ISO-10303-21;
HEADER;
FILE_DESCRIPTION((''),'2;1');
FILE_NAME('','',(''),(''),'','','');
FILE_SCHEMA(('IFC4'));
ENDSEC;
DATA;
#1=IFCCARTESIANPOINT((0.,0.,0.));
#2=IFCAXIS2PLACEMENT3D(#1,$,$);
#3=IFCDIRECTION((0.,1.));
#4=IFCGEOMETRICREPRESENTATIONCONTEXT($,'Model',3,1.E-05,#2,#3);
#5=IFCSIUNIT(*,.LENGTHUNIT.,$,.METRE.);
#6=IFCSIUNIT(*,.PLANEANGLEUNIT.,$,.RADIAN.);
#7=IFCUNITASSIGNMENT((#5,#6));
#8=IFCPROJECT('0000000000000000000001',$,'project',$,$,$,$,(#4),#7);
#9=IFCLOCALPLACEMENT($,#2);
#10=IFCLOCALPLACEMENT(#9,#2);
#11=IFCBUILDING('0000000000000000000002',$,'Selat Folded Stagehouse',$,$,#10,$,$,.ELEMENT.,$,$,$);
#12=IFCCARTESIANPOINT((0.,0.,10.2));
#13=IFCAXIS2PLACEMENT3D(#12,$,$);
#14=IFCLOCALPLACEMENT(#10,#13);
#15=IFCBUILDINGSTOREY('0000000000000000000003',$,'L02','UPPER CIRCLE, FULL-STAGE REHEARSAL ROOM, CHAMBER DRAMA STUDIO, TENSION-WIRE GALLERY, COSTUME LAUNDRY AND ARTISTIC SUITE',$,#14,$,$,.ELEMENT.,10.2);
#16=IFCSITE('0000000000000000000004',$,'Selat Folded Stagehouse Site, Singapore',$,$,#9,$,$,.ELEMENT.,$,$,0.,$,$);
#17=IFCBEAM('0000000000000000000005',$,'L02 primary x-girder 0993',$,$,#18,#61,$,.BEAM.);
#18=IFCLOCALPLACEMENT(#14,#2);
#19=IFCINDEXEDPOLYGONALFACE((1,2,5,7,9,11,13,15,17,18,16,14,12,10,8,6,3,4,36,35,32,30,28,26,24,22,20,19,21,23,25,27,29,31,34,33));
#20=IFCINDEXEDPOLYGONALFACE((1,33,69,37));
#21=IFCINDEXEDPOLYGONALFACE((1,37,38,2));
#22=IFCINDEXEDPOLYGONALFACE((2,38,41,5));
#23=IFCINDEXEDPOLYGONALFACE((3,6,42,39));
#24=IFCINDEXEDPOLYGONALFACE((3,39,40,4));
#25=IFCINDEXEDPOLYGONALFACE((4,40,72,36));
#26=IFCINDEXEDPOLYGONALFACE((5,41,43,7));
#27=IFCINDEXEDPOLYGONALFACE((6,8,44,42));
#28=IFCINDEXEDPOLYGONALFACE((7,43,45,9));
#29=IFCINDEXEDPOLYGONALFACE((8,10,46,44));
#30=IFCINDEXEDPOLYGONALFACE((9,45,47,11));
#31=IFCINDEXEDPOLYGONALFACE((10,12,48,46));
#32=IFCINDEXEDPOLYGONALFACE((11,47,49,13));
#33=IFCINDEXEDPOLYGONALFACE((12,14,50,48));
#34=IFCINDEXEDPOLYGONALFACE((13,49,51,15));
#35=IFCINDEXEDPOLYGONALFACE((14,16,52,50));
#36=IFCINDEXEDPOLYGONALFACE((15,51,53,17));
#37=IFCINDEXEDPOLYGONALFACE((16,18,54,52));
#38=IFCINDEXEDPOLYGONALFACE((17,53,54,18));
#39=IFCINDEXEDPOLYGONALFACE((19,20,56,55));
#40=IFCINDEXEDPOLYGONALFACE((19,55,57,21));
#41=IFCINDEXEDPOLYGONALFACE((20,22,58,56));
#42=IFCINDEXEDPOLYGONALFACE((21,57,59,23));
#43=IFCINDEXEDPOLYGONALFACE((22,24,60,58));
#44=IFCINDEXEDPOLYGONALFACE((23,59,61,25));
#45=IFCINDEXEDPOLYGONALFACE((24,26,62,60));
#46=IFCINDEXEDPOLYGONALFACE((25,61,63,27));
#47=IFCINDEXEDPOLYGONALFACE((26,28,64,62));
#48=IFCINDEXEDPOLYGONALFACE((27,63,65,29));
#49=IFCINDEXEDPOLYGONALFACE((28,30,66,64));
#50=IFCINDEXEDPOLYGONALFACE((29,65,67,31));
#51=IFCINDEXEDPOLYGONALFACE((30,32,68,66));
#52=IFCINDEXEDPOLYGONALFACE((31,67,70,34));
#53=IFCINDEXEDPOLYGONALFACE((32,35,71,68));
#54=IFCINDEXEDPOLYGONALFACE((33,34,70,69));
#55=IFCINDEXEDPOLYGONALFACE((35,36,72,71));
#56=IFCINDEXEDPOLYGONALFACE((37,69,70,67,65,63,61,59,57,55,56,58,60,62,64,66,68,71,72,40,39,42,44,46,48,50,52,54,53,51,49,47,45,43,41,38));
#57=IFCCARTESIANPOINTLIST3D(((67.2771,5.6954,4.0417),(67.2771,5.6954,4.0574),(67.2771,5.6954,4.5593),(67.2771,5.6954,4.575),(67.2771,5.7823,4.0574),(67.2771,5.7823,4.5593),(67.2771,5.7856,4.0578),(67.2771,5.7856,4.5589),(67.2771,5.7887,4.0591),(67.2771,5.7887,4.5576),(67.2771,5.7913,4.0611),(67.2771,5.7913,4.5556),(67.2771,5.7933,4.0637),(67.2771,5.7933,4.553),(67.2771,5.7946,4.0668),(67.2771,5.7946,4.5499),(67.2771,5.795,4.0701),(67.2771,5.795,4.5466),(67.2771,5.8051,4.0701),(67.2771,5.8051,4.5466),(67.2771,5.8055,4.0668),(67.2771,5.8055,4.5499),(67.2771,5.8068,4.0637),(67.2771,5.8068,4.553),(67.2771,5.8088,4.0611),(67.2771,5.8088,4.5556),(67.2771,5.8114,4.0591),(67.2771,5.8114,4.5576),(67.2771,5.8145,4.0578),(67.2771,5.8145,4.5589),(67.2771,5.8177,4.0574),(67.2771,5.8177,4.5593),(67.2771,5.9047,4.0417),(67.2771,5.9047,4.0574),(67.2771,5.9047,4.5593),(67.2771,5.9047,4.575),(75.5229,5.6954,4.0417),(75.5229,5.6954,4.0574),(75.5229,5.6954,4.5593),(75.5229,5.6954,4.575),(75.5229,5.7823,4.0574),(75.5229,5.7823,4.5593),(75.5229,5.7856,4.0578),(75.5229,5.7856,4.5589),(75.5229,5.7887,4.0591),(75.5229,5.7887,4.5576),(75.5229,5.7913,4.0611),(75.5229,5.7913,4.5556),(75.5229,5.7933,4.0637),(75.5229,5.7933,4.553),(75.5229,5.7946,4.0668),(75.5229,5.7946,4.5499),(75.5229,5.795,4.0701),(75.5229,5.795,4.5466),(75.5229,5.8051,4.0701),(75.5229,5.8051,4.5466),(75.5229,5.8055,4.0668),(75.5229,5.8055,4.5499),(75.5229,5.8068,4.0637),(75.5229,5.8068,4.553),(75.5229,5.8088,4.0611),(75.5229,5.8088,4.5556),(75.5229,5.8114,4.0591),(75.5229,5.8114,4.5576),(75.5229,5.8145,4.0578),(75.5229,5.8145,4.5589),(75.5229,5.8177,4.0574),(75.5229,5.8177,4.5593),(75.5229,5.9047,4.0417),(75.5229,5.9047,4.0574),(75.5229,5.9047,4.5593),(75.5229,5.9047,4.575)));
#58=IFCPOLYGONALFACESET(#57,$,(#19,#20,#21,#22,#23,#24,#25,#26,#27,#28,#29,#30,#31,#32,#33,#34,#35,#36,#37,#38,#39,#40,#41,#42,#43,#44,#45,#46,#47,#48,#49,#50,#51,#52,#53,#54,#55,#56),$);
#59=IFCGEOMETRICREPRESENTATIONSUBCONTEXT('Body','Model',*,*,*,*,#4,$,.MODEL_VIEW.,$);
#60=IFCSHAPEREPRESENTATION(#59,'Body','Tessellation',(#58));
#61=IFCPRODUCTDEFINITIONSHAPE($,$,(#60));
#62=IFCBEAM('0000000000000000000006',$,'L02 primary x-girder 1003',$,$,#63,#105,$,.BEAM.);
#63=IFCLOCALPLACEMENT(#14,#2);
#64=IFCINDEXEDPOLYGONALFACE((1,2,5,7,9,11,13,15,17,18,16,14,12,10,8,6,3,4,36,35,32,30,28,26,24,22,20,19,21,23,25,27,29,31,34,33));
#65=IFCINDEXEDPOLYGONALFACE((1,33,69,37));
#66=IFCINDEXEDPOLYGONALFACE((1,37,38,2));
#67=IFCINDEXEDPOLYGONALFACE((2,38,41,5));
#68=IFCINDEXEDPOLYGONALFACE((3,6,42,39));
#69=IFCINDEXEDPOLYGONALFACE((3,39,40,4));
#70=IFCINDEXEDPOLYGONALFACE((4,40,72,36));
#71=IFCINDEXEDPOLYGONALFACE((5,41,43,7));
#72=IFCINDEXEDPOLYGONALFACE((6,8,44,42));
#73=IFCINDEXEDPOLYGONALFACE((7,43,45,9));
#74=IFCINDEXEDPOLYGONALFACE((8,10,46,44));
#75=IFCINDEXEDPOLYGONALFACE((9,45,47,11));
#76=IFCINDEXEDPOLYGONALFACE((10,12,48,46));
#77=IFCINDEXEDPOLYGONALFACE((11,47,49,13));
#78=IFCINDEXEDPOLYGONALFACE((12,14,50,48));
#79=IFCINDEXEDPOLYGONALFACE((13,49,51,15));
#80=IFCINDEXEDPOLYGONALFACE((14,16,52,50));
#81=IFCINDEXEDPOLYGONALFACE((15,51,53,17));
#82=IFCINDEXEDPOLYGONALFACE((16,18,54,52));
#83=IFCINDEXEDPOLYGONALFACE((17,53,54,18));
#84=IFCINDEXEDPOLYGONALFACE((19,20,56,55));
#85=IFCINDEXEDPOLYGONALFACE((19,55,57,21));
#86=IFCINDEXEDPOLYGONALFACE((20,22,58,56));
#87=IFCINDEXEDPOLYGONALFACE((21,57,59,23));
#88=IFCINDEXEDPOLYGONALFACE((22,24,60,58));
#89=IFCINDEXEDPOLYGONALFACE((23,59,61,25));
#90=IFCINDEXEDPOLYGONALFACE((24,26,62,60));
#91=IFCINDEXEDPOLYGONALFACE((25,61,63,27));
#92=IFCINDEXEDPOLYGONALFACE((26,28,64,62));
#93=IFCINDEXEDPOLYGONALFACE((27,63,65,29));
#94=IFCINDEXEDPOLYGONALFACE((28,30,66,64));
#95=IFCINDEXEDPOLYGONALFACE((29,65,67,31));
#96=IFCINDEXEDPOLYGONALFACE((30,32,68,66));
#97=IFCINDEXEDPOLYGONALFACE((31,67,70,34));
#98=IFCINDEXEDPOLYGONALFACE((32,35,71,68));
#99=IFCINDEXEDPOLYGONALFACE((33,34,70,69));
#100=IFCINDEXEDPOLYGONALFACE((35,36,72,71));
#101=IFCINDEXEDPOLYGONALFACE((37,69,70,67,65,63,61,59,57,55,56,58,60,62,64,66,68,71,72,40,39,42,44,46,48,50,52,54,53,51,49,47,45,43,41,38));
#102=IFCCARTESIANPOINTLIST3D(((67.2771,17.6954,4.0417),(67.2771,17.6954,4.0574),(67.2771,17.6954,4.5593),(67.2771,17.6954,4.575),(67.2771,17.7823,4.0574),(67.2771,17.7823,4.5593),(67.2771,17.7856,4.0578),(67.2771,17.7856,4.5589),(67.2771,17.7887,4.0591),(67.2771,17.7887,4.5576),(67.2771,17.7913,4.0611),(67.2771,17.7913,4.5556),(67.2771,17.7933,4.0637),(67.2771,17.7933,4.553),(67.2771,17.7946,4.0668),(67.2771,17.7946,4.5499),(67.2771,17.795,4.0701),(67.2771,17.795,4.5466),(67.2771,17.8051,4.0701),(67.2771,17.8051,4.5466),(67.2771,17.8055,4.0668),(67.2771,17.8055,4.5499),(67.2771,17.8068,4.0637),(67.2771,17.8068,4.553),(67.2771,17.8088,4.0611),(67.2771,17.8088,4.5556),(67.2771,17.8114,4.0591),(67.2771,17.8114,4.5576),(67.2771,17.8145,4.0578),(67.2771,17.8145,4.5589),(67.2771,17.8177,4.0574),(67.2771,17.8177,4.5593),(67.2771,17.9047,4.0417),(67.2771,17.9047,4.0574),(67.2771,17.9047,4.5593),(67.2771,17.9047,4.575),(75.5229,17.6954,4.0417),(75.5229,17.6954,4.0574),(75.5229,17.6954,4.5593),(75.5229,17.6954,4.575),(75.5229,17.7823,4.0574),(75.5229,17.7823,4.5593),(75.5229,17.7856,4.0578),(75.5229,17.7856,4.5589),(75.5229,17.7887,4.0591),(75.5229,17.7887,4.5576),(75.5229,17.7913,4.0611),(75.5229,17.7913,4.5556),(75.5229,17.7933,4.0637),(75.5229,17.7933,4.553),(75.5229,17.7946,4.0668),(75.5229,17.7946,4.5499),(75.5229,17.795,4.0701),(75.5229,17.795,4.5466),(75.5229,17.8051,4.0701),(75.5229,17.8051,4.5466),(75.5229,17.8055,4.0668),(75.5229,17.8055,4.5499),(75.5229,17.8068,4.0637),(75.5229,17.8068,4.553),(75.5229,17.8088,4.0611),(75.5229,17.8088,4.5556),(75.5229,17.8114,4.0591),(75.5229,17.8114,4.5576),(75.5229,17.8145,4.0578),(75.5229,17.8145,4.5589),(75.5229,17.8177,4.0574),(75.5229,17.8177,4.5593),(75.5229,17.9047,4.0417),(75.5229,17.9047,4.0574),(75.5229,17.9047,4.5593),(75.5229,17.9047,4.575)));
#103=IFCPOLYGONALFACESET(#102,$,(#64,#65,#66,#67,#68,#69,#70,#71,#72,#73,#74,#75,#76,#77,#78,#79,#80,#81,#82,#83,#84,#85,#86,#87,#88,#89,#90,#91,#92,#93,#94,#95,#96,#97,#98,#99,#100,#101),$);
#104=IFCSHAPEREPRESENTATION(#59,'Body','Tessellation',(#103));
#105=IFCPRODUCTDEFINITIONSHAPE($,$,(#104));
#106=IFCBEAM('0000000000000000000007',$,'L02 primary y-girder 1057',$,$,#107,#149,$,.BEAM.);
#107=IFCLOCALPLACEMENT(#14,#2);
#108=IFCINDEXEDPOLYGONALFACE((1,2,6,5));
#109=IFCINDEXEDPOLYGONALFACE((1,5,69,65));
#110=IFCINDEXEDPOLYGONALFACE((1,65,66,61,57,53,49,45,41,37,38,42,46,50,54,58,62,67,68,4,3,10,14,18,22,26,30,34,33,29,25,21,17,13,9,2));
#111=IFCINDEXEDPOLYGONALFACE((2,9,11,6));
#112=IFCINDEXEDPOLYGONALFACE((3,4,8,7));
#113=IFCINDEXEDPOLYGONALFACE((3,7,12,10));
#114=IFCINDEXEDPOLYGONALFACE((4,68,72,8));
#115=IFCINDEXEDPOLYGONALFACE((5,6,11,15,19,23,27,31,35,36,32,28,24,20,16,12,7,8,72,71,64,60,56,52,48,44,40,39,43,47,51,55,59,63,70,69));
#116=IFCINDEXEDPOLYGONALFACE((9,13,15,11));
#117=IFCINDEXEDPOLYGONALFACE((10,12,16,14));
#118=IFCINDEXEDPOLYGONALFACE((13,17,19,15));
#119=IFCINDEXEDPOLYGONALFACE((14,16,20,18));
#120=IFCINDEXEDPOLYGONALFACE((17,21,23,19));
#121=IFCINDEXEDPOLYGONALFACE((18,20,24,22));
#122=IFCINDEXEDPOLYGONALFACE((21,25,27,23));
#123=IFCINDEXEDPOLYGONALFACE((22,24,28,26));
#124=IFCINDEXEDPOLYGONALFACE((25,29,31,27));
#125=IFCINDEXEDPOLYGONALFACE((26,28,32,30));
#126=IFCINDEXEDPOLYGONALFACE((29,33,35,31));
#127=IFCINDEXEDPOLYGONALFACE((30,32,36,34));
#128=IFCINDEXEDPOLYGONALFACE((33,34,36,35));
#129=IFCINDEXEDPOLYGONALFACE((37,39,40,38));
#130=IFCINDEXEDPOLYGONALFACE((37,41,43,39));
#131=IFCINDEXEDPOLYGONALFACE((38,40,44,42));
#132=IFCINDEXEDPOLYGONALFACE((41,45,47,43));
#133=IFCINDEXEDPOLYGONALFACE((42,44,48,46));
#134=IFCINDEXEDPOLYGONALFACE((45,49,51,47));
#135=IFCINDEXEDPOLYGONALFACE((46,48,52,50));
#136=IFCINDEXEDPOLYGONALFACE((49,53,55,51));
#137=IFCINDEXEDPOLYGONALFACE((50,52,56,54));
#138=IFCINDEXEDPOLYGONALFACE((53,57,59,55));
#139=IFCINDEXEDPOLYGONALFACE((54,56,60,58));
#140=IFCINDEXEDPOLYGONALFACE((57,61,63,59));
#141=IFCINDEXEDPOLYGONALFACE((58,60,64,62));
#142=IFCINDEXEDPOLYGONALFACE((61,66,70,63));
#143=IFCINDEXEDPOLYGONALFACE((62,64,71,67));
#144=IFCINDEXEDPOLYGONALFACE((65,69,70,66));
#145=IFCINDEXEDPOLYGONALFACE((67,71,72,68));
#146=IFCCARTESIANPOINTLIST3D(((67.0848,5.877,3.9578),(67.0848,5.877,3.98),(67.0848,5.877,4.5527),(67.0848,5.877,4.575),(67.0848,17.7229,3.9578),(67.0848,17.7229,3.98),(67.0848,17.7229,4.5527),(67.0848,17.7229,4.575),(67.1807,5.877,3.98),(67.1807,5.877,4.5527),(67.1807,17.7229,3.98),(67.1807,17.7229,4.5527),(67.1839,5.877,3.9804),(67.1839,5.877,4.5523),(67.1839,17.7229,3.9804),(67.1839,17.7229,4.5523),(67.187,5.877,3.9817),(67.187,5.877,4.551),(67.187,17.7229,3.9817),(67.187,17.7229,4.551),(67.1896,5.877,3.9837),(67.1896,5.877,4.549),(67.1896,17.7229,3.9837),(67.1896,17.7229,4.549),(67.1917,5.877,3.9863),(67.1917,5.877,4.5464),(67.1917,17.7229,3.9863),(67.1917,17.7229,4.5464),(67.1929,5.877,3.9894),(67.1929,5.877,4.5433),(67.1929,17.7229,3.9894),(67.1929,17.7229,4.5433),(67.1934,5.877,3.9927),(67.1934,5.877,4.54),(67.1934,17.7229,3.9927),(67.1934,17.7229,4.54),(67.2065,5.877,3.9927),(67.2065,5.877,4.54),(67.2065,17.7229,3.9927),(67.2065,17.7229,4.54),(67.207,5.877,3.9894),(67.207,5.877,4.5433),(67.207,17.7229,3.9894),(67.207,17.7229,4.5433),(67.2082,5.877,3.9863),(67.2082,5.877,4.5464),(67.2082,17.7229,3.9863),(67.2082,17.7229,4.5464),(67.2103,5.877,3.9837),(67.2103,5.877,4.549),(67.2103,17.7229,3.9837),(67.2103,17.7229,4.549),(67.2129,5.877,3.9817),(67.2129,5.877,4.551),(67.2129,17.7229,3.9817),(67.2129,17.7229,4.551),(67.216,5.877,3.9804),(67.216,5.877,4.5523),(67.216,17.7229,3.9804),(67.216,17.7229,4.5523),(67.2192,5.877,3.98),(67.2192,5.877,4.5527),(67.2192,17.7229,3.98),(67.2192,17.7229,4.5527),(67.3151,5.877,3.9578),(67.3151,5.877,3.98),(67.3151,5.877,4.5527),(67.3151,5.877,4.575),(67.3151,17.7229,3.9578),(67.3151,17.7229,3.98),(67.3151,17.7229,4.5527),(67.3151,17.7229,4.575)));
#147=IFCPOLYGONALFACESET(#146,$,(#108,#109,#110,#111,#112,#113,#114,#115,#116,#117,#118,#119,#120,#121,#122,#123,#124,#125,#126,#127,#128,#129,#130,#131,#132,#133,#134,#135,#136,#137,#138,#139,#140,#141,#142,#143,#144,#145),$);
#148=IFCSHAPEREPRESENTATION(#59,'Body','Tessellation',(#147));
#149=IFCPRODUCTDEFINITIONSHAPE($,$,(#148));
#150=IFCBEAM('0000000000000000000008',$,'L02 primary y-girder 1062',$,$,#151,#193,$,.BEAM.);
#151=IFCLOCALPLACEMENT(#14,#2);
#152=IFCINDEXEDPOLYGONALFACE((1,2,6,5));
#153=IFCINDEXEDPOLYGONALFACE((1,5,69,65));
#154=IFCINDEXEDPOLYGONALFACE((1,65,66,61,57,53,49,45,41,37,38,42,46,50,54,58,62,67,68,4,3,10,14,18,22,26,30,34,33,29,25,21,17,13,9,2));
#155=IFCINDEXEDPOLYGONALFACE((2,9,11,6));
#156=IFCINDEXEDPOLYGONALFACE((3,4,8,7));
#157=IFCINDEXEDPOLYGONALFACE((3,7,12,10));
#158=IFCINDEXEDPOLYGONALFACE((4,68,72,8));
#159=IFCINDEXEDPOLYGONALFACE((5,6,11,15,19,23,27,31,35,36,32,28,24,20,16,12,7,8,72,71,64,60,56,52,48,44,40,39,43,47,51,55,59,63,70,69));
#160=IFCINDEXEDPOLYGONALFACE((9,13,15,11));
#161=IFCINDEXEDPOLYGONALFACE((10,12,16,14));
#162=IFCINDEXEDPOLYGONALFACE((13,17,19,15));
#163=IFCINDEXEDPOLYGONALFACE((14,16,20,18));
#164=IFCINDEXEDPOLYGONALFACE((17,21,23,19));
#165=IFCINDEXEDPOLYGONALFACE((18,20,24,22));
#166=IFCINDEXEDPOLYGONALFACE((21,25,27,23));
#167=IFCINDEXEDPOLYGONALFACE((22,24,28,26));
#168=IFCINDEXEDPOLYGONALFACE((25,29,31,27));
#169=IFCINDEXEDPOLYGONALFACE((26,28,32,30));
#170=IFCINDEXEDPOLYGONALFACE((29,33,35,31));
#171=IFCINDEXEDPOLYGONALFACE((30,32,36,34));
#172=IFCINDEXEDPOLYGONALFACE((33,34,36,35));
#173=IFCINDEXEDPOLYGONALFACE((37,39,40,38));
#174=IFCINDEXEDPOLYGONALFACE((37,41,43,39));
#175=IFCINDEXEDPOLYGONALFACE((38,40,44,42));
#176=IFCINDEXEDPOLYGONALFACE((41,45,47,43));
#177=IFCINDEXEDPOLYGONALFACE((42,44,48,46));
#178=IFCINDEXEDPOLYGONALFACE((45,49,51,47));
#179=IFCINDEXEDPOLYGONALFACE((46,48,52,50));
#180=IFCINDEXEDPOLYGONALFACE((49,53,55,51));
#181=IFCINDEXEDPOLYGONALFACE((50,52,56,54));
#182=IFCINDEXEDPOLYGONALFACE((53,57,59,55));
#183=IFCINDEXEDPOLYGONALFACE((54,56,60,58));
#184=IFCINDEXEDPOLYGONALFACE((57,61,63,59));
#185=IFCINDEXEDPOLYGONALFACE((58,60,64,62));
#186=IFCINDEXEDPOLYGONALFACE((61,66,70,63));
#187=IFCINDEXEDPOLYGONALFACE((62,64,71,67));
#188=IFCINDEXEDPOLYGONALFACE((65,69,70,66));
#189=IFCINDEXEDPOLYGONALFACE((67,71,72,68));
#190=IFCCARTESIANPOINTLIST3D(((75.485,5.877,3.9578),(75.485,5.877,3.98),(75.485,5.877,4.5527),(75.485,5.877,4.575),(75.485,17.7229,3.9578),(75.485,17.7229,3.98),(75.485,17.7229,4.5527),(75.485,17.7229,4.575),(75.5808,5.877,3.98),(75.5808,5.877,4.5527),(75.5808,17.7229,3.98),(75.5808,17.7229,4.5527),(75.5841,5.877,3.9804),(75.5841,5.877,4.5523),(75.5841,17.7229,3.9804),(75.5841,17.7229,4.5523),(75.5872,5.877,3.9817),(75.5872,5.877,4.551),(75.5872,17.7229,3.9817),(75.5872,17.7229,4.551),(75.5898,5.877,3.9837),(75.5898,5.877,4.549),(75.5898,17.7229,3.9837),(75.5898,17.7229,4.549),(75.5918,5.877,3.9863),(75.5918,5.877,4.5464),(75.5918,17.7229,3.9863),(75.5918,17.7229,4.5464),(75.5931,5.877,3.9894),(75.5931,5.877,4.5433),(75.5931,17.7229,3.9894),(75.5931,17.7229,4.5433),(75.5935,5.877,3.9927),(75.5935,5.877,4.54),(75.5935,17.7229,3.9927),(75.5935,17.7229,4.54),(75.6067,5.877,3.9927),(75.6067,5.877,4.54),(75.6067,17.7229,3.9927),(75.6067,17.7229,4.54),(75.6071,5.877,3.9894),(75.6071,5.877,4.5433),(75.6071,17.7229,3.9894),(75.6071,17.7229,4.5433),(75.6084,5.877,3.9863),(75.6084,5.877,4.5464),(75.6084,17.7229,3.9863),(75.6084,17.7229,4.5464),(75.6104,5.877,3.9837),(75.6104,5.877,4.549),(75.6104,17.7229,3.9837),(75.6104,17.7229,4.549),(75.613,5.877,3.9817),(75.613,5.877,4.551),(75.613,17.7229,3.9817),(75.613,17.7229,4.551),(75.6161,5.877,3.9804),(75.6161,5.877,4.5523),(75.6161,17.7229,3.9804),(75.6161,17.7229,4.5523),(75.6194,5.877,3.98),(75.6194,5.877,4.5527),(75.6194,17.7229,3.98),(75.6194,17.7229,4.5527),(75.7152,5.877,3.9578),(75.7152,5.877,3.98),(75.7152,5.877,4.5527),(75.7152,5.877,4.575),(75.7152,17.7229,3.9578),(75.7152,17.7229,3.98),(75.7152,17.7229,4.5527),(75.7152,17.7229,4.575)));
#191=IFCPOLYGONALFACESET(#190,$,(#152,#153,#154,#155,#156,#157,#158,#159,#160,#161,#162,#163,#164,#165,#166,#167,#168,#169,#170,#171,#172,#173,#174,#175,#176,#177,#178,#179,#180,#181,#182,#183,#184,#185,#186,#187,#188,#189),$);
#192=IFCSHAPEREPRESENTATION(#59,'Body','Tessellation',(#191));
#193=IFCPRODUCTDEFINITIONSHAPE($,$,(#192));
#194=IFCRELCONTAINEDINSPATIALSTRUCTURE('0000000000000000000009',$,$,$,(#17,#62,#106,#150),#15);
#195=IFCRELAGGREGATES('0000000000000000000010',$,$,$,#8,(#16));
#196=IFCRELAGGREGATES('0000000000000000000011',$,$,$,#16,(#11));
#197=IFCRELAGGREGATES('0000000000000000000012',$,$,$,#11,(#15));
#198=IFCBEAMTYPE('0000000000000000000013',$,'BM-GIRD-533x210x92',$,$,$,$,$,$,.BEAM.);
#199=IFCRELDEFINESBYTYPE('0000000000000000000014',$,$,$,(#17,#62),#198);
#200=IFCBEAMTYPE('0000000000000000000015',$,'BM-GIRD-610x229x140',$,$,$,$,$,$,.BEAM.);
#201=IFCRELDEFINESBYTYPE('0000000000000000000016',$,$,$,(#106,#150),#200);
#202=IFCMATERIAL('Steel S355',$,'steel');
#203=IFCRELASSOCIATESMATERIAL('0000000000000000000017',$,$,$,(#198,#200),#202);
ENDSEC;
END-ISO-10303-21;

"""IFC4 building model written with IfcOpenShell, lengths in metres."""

from ifc_helpers import new_model, si_unit, direction, frame, origin, origin_2d, place, context, subcontext, project, spatial, i_section, extrude, material, material_profile, profile_set, type_object, element, save


model = new_model("IFC4")

# Units and contexts
model_context = context("Model", 3, precision=1e-05, world=origin(), true_north=direction((0.0, 1.0)))
body_context = subcontext(model_context, "Body", "Model", "MODEL_VIEW")
ifc_project = project(units=[si_unit("LENGTHUNIT", "METRE"), si_unit("PLANEANGLEUNIT", "RADIAN")], contexts=[model_context])

# Site, building, storey
site_placement = place(None, origin())
site = spatial("IfcSite", under=ifc_project, at=site_placement, Name="Selat Folded Stagehouse Site, Singapore", CompositionType="ELEMENT", RefElevation=0.0)
building_placement = place(site_placement, origin())
building = spatial("IfcBuilding", under=site, at=building_placement, Name="Selat Folded Stagehouse", CompositionType="ELEMENT")
storey_placement = place(building_placement, frame((0.0, 0.0, 10.2)))
storey = spatial("IfcBuildingStorey", under=building, at=storey_placement, Name="L02", Description="UPPER CIRCLE, FULL-STAGE REHEARSAL ROOM, CHAMBER DRAMA STUDIO, TENSION-WIRE GALLERY, COSTUME LAUNDRY AND ARTISTIC SUITE", CompositionType="ELEMENT", Elevation=10.2)

# Shared definitions
ifc_material_1 = material(Name="Steel S355", Category="steel")

# Beams
ifc_material_profile_1 = material_profile(ifc_material_1, i_section(OverallWidth=0.2092, OverallDepth=0.5332, WebThickness=0.01, FlangeThickness=0.0156, FilletRadius=0.0127, at=origin_2d()), Name="UKB 533x210x92")
ifc_profile_set_1 = profile_set([ifc_material_profile_1], Name="Steel S355")
beam_type_1 = type_object("IfcBeamType", Name="BM-GIRD-533x210x92", PredefinedType="BEAM", material=ifc_profile_set_1)
for number, where, z_axis, x_axis, name in (
    (1, (67.2771, 5.8, 4.3083), (1.0, 0.0, 0.0), (0.0, 1.0, 0.0), "L02 primary x-girder 0993"),
    (2, (67.2771, 17.8, 4.3083), (1.0, 0.0, 0.0), (0.0, 1.0, 0.0), "L02 primary x-girder 1003"),
):
    element("IfcBeam", number, at=place(storey_placement, frame(where, z_axis=z_axis, x_axis=x_axis)), inside=storey, type_object=beam_type_1, Name=name, PredefinedType="BEAM", context=body_context, shape_type="SweptSolid", body=[
        extrude(i_section(OverallWidth=0.2092, OverallDepth=0.5332, WebThickness=0.01, FlangeThickness=0.0156, FilletRadius=0.0127, at=origin_2d()), origin(), (0.0, 0.0, 1.0), 8.2458),
    ])
ifc_material_profile_2 = material_profile(ifc_material_1, i_section(OverallWidth=0.2302, OverallDepth=0.6172, WebThickness=0.0132, FlangeThickness=0.0222, FilletRadius=0.0127, at=origin_2d()), Name="UKB 610x229x140")
ifc_profile_set_2 = profile_set([ifc_material_profile_2], Name="Steel S355")
beam_type_2 = type_object("IfcBeamType", Name="BM-GIRD-610x229x140", PredefinedType="BEAM", material=ifc_profile_set_2)
for number, where, z_axis, x_axis, name in (
    (3, (67.2, 5.877, 4.2664), (0.0, 1.0, 0.0), (-1.0, 0.0, 0.0), "L02 primary y-girder 1057"),
    (4, (75.6001, 5.877, 4.2664), (0.0, 1.0, 0.0), (-1.0, 0.0, 0.0), "L02 primary y-girder 1062"),
):
    element("IfcBeam", number, at=place(storey_placement, frame(where, z_axis=z_axis, x_axis=x_axis)), inside=storey, type_object=beam_type_2, Name=name, PredefinedType="BEAM", context=body_context, shape_type="SweptSolid", body=[
        extrude(i_section(OverallWidth=0.2302, OverallDepth=0.6172, WebThickness=0.0132, FlangeThickness=0.0222, FilletRadius=0.0127, at=origin_2d()), origin(), (0.0, 0.0, 1.0), 11.8459),
    ])

save(model, "model.ifc")
